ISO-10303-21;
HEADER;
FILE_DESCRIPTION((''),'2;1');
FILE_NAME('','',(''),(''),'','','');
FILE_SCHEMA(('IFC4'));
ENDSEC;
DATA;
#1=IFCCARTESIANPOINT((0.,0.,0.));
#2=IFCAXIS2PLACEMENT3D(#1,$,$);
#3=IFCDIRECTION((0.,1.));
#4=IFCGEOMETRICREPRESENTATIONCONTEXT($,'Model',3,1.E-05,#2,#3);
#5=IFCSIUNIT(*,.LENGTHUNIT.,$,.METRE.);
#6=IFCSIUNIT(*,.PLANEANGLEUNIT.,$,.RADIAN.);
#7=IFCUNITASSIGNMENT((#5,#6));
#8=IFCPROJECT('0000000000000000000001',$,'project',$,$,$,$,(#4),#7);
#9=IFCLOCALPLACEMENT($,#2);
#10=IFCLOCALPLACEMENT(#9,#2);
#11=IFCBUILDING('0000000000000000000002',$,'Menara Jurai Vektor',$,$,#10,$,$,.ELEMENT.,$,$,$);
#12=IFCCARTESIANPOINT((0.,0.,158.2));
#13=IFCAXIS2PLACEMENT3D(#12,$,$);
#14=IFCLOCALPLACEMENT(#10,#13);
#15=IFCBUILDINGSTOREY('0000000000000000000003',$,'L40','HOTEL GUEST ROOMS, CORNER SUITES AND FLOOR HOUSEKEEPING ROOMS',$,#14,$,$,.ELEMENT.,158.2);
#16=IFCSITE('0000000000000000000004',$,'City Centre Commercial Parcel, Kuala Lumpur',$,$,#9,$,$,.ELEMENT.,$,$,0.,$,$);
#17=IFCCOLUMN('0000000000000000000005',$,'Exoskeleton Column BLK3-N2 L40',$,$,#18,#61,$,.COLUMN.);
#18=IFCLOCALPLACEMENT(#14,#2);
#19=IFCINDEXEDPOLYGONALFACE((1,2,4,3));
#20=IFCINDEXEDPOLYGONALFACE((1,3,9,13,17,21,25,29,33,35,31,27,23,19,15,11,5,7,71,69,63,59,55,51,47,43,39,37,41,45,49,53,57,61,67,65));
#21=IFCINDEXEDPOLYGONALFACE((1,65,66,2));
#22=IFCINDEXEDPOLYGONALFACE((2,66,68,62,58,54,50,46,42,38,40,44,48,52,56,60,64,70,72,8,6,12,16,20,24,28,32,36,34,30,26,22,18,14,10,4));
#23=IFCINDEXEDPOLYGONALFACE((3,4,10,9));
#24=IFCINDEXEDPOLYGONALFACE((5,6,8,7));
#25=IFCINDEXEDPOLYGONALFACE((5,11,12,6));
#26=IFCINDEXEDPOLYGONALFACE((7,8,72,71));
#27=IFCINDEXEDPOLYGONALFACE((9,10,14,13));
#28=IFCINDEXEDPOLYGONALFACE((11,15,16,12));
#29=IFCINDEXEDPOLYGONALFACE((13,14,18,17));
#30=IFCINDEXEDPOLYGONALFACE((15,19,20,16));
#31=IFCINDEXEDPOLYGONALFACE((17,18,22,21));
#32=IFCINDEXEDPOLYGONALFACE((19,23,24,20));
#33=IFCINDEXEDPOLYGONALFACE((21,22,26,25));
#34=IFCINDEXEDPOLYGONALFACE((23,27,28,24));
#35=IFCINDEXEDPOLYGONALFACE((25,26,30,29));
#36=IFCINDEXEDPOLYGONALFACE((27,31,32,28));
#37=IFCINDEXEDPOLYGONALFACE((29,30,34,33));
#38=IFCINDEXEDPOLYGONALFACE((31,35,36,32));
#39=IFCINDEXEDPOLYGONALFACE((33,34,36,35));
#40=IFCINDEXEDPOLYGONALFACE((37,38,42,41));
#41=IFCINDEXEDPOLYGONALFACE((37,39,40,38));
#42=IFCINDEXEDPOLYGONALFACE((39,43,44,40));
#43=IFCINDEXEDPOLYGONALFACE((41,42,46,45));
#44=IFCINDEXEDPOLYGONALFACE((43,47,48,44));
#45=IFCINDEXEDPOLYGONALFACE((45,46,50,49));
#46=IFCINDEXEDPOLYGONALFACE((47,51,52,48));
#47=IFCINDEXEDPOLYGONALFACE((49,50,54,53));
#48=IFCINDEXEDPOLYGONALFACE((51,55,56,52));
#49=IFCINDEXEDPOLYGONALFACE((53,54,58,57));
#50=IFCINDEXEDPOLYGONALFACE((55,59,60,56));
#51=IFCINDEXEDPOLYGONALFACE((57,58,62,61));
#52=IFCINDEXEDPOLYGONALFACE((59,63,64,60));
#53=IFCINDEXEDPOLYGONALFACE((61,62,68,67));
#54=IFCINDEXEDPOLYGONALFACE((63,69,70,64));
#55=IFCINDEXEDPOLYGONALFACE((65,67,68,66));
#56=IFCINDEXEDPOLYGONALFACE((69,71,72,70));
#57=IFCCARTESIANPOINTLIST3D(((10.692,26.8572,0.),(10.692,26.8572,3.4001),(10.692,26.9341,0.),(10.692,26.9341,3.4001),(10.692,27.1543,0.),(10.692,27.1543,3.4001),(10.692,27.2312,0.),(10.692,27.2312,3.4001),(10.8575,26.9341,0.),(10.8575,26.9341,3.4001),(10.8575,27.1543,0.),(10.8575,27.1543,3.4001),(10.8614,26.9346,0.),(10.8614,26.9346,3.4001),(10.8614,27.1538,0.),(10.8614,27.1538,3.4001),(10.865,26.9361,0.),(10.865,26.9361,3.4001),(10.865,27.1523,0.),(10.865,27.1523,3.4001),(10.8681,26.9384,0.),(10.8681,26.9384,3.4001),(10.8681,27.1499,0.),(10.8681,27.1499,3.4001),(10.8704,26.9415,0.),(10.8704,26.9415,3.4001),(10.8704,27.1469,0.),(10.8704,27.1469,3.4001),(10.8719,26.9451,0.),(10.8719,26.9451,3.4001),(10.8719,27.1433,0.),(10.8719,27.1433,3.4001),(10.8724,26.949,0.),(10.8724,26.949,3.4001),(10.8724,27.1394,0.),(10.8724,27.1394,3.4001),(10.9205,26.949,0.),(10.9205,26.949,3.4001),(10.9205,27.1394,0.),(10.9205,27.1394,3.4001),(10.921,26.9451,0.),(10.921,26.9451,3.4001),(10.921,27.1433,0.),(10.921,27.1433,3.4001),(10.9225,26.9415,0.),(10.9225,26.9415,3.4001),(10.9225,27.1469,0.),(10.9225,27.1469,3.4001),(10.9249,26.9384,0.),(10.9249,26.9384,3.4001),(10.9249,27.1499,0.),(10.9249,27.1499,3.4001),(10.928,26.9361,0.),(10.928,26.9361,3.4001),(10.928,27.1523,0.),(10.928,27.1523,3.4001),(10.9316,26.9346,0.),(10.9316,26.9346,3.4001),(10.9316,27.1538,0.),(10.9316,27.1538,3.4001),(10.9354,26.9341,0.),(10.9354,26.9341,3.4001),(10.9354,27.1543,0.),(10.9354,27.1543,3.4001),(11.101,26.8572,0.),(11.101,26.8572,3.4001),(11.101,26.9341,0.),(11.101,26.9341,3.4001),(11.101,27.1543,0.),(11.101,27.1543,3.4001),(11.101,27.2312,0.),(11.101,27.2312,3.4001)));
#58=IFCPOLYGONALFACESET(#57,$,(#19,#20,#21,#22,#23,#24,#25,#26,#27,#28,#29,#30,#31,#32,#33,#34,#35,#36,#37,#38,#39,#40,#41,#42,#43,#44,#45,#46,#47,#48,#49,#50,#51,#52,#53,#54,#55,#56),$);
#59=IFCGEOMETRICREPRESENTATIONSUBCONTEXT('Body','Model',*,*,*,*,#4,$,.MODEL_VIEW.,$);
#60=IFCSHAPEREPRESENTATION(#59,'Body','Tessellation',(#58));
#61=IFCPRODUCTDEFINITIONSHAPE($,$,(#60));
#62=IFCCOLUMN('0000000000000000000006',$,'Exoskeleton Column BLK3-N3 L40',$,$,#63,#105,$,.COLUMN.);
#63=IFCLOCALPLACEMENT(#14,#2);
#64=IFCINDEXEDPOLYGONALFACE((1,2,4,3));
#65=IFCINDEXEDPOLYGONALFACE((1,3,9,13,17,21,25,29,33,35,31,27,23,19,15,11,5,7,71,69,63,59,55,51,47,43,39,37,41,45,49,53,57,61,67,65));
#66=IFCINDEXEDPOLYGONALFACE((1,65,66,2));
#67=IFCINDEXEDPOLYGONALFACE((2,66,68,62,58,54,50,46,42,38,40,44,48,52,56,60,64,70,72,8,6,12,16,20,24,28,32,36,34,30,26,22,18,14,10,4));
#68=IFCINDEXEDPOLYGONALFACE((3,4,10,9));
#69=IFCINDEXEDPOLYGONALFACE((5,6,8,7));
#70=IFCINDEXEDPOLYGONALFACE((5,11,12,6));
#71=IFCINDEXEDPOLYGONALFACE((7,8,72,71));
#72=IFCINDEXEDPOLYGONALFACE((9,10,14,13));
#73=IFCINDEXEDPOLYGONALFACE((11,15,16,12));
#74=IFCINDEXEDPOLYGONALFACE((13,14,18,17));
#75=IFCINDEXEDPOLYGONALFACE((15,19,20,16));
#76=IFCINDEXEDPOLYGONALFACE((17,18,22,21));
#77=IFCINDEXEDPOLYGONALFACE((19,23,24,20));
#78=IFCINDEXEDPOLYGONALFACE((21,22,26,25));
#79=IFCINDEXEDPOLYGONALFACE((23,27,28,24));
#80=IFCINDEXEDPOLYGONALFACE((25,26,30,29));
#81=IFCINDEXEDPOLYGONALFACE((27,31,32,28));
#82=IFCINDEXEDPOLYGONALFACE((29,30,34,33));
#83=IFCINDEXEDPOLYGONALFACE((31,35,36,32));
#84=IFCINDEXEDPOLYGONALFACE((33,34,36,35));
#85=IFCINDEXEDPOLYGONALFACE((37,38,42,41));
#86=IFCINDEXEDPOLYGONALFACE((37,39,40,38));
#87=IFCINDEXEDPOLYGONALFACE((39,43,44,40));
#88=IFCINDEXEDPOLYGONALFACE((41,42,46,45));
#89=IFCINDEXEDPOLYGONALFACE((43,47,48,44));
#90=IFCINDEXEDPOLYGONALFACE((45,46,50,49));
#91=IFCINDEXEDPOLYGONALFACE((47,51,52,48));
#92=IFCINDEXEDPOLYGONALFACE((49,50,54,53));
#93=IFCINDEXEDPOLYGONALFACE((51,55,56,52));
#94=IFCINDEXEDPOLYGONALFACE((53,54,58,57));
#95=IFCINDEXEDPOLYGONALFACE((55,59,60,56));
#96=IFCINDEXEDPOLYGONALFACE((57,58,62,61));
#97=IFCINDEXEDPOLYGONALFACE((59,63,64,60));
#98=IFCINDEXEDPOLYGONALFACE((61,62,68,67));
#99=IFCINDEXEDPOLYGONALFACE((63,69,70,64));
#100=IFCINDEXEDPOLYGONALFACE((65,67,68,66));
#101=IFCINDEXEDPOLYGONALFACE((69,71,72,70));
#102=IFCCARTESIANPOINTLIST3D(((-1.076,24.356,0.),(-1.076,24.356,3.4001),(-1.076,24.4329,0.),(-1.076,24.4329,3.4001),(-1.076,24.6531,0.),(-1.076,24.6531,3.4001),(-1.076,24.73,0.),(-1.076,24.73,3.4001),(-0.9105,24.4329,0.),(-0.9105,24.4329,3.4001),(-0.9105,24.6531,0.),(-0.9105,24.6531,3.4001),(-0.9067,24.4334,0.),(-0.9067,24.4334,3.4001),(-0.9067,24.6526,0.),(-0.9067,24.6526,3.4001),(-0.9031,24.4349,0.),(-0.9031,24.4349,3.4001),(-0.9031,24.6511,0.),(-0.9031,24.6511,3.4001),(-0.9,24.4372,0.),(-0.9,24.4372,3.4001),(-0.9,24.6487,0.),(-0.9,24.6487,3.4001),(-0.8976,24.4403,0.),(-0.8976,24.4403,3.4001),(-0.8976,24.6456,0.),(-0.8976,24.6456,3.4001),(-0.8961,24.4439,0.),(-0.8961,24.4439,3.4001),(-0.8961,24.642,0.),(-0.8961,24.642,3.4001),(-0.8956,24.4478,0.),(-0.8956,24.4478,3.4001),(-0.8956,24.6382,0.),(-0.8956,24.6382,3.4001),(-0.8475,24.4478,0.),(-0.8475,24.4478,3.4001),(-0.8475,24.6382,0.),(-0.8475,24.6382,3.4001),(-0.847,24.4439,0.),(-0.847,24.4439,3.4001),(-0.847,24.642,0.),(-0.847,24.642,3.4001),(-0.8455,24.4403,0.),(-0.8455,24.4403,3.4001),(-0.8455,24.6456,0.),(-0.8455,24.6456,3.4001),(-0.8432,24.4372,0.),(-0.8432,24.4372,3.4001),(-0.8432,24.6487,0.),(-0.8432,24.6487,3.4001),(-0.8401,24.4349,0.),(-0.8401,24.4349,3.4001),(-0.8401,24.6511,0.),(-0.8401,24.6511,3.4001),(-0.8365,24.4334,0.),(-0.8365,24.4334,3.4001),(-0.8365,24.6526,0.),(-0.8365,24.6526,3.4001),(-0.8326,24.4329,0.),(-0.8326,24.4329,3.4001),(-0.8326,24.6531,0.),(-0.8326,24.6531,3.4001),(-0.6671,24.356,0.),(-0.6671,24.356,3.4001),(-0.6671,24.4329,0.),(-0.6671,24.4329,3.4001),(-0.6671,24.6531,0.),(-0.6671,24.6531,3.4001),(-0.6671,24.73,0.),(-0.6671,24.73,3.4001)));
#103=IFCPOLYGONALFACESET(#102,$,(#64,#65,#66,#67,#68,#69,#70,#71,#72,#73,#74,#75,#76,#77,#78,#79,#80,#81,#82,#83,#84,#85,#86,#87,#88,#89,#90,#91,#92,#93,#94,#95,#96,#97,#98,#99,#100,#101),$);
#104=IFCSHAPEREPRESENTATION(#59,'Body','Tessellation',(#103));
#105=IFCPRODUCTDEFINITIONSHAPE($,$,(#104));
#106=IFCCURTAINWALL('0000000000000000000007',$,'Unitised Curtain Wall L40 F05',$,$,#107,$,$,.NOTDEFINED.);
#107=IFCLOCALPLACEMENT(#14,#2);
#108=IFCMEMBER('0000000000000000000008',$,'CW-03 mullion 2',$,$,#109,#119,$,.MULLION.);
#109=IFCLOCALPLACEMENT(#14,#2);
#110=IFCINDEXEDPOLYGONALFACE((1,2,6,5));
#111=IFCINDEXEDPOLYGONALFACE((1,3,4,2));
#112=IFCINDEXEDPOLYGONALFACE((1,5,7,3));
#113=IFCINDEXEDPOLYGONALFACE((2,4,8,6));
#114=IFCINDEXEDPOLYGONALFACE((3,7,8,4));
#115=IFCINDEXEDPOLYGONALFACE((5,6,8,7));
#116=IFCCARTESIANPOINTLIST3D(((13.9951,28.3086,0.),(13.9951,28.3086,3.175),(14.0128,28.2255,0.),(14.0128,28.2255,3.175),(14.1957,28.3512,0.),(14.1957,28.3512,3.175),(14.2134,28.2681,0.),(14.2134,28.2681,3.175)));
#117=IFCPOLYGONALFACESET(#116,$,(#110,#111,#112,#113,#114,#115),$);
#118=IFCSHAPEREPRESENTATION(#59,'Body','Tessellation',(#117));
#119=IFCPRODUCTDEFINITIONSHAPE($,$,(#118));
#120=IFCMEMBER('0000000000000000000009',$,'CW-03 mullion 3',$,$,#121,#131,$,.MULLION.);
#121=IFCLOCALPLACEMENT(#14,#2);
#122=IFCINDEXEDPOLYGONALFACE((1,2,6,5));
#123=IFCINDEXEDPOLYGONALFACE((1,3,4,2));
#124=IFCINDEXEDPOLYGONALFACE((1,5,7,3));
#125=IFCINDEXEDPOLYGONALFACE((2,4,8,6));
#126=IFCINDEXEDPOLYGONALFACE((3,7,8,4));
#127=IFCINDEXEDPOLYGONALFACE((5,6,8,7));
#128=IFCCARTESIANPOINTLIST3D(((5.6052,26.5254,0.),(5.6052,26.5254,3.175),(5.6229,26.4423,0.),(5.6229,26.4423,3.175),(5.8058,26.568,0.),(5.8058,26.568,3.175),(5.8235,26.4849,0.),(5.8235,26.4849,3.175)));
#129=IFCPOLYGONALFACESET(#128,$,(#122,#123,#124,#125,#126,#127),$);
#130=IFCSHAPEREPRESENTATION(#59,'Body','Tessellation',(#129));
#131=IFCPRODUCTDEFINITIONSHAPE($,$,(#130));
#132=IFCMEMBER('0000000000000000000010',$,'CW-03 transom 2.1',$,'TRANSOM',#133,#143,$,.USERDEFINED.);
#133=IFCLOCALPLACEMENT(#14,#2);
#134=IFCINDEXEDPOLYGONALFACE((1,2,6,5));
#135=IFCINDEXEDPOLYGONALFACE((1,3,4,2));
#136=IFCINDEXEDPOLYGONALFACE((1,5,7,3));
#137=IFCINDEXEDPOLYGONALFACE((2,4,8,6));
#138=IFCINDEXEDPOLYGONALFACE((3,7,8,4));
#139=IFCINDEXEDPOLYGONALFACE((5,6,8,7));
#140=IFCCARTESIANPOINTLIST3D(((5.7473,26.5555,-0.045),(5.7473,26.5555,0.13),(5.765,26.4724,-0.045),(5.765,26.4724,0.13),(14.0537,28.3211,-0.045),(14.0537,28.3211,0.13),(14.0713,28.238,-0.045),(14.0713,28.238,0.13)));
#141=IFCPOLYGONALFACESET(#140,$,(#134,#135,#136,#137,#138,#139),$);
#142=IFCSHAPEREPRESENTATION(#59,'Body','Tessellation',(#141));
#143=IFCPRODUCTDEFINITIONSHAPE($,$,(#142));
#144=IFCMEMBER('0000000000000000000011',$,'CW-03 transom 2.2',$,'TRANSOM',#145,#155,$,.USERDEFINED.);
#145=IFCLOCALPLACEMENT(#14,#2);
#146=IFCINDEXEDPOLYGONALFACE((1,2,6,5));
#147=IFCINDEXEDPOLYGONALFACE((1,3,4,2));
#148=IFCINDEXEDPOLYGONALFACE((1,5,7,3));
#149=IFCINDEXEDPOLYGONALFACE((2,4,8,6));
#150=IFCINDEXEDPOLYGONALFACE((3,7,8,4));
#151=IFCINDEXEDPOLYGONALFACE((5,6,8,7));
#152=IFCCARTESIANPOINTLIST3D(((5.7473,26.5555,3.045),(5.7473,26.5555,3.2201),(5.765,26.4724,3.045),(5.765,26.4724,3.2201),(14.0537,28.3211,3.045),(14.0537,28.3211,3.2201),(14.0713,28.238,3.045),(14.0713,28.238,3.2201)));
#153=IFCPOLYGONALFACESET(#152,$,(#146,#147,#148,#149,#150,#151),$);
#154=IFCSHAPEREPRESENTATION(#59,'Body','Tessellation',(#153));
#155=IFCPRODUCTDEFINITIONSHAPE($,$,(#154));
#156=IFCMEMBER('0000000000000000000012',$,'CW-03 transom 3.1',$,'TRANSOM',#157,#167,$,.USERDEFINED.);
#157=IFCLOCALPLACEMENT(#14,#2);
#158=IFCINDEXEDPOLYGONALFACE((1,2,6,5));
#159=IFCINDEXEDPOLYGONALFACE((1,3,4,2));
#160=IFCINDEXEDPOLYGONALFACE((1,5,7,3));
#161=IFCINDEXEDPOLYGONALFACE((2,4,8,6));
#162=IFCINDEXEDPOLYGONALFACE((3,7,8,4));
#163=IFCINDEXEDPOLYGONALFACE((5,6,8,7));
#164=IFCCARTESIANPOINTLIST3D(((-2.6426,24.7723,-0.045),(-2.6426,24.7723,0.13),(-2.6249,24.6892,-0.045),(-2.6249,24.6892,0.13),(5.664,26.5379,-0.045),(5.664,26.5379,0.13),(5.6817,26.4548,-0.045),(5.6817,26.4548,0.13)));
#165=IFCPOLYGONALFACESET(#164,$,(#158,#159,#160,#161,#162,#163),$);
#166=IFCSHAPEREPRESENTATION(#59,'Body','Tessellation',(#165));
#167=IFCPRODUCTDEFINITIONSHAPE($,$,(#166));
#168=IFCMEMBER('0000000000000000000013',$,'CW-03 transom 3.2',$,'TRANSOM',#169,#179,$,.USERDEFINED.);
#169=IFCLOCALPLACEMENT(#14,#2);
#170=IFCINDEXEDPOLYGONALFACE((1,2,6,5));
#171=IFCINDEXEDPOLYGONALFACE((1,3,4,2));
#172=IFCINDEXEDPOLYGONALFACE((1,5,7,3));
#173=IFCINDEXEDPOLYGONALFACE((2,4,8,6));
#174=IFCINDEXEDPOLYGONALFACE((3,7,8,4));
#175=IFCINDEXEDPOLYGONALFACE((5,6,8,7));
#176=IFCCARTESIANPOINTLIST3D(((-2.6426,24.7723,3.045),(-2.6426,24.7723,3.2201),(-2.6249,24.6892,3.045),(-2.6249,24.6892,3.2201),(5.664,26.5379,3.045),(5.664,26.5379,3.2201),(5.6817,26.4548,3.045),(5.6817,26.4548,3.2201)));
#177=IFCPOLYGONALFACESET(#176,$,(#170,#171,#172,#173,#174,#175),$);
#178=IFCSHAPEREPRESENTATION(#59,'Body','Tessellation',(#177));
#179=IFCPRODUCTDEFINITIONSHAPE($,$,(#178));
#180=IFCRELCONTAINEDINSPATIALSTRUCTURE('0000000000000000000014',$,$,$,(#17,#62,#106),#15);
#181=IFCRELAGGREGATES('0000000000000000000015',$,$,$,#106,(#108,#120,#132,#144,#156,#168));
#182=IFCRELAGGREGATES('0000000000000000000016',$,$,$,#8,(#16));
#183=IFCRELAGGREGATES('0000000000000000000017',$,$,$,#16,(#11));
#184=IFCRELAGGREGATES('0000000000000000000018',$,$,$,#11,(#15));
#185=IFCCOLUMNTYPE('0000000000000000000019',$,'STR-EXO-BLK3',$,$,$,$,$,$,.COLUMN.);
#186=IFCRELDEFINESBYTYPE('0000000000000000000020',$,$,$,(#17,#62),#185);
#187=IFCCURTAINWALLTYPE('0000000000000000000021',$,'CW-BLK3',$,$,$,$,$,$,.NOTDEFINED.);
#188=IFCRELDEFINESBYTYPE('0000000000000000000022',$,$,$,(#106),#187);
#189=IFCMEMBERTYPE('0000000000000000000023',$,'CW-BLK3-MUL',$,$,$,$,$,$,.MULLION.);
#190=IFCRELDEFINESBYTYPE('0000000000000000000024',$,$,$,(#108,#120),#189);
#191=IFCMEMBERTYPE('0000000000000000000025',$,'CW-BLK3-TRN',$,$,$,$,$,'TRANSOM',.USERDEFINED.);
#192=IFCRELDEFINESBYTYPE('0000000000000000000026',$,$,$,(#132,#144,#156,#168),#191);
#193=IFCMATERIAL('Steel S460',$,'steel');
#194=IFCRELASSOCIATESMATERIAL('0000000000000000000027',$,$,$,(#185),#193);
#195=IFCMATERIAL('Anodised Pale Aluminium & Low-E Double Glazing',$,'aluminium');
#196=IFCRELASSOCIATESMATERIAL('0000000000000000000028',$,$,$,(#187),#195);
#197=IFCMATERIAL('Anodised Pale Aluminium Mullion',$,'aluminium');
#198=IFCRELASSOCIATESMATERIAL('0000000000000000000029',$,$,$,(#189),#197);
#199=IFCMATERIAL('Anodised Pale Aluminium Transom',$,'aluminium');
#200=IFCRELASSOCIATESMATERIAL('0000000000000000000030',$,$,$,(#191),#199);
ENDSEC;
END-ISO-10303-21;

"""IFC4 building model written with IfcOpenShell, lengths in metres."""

from ifc_helpers import new_model, si_unit, direction, frame, origin, origin_2d, place, context, subcontext, project, spatial, rectangle, i_section, extrude, material, material_profile, profile_set, type_object, element, aggregate, save


model = new_model("IFC4")

# Units and contexts
model_context = context("Model", 3, precision=1e-05, world=origin(), true_north=direction((0.0, 1.0)))
body_context = subcontext(model_context, "Body", "Model", "MODEL_VIEW")
ifc_project = project(units=[si_unit("LENGTHUNIT", "METRE"), si_unit("PLANEANGLEUNIT", "RADIAN")], contexts=[model_context])

# Site, building, storey
site_placement = place(None, origin())
site = spatial("IfcSite", under=ifc_project, at=site_placement, Name="City Centre Commercial Parcel, Kuala Lumpur", CompositionType="ELEMENT", RefElevation=0.0)
building_placement = place(site_placement, origin())
building = spatial("IfcBuilding", under=site, at=building_placement, Name="Menara Jurai Vektor", CompositionType="ELEMENT")
storey_placement = place(building_placement, frame((0.0, 0.0, 158.2)))
storey = spatial("IfcBuildingStorey", under=building, at=storey_placement, Name="L40", Description="HOTEL GUEST ROOMS, CORNER SUITES AND FLOOR HOUSEKEEPING ROOMS", CompositionType="ELEMENT", Elevation=158.2)

# Columns
ifc_material_1 = material(Name="Steel S460", Category="steel")
ifc_material_profile_1 = material_profile(ifc_material_1, i_section(OverallWidth=0.4089, OverallDepth=0.374, WebThickness=0.0481, FlangeThickness=0.0769, FilletRadius=0.0149, at=origin_2d()), Name="HD 400x634")
ifc_profile_set_1 = profile_set([ifc_material_profile_1], Name="Steel S460")
column_type = type_object("IfcColumnType", Name="STR-EXO-BLK3", PredefinedType="COLUMN", material=ifc_profile_set_1)
for number, where, z_axis, x_axis, name in (
    (1, (10.8965, 27.0442, 0.0), (0.0, 0.0, 1.0), (1.0, 0.0, 0.0), "Exoskeleton Column BLK3-N2 L40"),
    (2, (-0.8716, 24.543, 0.0), (0.0, 0.0, 1.0), (1.0, 0.0, 0.0), "Exoskeleton Column BLK3-N3 L40"),
):
    element("IfcColumn", number, at=place(storey_placement, frame(where, z_axis=z_axis, x_axis=x_axis)), inside=storey, type_object=column_type, Name=name, PredefinedType="COLUMN", context=body_context, shape_type="SweptSolid", body=[
        extrude(i_section(OverallWidth=0.4089, OverallDepth=0.374, WebThickness=0.0481, FlangeThickness=0.0769, FilletRadius=0.0149, at=origin_2d()), origin(), (0.0, 0.0, 1.0), 3.4001),
    ])

# Curtain wall, members
ifc_material_2 = material(Name="Anodised Pale Aluminium & Low-E Double Glazing", Category="aluminium")
curtain_wall_type = type_object("IfcCurtainWallType", Name="CW-BLK3", PredefinedType="NOTDEFINED", material=ifc_material_2)
curtain_wall_placement = place(storey_placement, origin())
curtain_wall = element("IfcCurtainWall", 3, at=curtain_wall_placement, inside=storey, type_object=curtain_wall_type, Name="Unitised Curtain Wall L40 F05", PredefinedType="NOTDEFINED")
ifc_material_3 = material(Name="Anodised Pale Aluminium Mullion", Category="aluminium")
ifc_material_profile_2 = material_profile(ifc_material_3, rectangle(XDim=0.085, YDim=0.2051, at=origin_2d()), Name="ALU MUL 85x205")
ifc_profile_set_2 = profile_set([ifc_material_profile_2], Name="Anodised Pale Aluminium Mullion")
member_type_1 = type_object("IfcMemberType", Name="CW-BLK3-MUL", PredefinedType="MULLION", material=ifc_profile_set_2)
member_1_placement = place(storey_placement, frame((14.1042, 28.2883, 0.0), z_axis=(0.0, 0.0, 1.0), x_axis=(0.207911, -0.978148, 0.0)))
member_1 = element("IfcMember", 4, at=member_1_placement, type_object=member_type_1, Name="CW-03 mullion 2", PredefinedType="MULLION", context=body_context, shape_type="SweptSolid", body=[
    extrude(rectangle(XDim=0.085, YDim=0.2051, at=origin_2d()), origin(), (0.0, 0.0, 1.0), 3.175),
])
member_2_placement = place(storey_placement, frame((5.7144, 26.5051, 0.0), z_axis=(0.0, 0.0, 1.0), x_axis=(0.207911, -0.978148, 0.0)))
member_2 = element("IfcMember", 5, at=member_2_placement, type_object=member_type_1, Name="CW-03 mullion 3", PredefinedType="MULLION", context=body_context, shape_type="SweptSolid", body=[
    extrude(rectangle(XDim=0.085, YDim=0.2051, at=origin_2d()), origin(), (0.0, 0.0, 1.0), 3.175),
])
ifc_material_4 = material(Name="Anodised Pale Aluminium Transom", Category="aluminium")
ifc_material_profile_3 = material_profile(ifc_material_4, rectangle(XDim=0.085, YDim=0.175, at=origin_2d()), Name="ALU TRN 85x175")
ifc_profile_set_3 = profile_set([ifc_material_profile_3], Name="Anodised Pale Aluminium Transom")
member_type_2 = type_object("IfcMemberType", Name="CW-BLK3-TRN", ElementType="TRANSOM", PredefinedType="USERDEFINED", material=ifc_profile_set_3)
member_3_placement = place(storey_placement, frame((14.0625, 28.2795, 0.0425), z_axis=(-0.978147, -0.207917, 0.0), x_axis=(0.207917, -0.978147, 0.0)))
member_3 = element("IfcMember", 6, at=member_3_placement, type_object=member_type_2, Name="CW-03 transom 2.1", ObjectType="TRANSOM", PredefinedType="USERDEFINED", context=body_context, shape_type="SweptSolid", body=[
    extrude(rectangle(XDim=0.085, YDim=0.175, at=origin_2d()), origin(), (0.0, 0.0, 1.0), 8.4919),
])
member_4_placement = place(storey_placement, frame((14.0625, 28.2795, 3.1326), z_axis=(-0.978147, -0.207917, 0.0), x_axis=(0.207917, -0.978147, 0.0)))
member_4 = element("IfcMember", 7, at=member_4_placement, type_object=member_type_2, Name="CW-03 transom 2.2", ObjectType="TRANSOM", PredefinedType="USERDEFINED", context=body_context, shape_type="SweptSolid", body=[
    extrude(rectangle(XDim=0.085, YDim=0.175, at=origin_2d()), origin(), (0.0, 0.0, 1.0), 8.4919),
])
member_5_placement = place(storey_placement, frame((5.6729, 26.4963, 0.0425), z_axis=(-0.978148, -0.207911, 0.0), x_axis=(0.207911, -0.978148, 0.0)))
member_5 = element("IfcMember", 8, at=member_5_placement, type_object=member_type_2, Name="CW-03 transom 3.1", ObjectType="TRANSOM", PredefinedType="USERDEFINED", context=body_context, shape_type="SweptSolid", body=[
    extrude(rectangle(XDim=0.085, YDim=0.175, at=origin_2d()), origin(), (0.0, 0.0, 1.0), 8.4922),
])
member_6_placement = place(storey_placement, frame((5.6729, 26.4963, 3.1326), z_axis=(-0.978148, -0.207911, 0.0), x_axis=(0.207911, -0.978148, 0.0)))
member_6 = element("IfcMember", 9, at=member_6_placement, type_object=member_type_2, Name="CW-03 transom 3.2", ObjectType="TRANSOM", PredefinedType="USERDEFINED", context=body_context, shape_type="SweptSolid", body=[
    extrude(rectangle(XDim=0.085, YDim=0.175, at=origin_2d()), origin(), (0.0, 0.0, 1.0), 8.4922),
])

aggregate(curtain_wall, [member_1, member_2, member_3, member_4, member_5, member_6])

save(model, "model.ifc")
